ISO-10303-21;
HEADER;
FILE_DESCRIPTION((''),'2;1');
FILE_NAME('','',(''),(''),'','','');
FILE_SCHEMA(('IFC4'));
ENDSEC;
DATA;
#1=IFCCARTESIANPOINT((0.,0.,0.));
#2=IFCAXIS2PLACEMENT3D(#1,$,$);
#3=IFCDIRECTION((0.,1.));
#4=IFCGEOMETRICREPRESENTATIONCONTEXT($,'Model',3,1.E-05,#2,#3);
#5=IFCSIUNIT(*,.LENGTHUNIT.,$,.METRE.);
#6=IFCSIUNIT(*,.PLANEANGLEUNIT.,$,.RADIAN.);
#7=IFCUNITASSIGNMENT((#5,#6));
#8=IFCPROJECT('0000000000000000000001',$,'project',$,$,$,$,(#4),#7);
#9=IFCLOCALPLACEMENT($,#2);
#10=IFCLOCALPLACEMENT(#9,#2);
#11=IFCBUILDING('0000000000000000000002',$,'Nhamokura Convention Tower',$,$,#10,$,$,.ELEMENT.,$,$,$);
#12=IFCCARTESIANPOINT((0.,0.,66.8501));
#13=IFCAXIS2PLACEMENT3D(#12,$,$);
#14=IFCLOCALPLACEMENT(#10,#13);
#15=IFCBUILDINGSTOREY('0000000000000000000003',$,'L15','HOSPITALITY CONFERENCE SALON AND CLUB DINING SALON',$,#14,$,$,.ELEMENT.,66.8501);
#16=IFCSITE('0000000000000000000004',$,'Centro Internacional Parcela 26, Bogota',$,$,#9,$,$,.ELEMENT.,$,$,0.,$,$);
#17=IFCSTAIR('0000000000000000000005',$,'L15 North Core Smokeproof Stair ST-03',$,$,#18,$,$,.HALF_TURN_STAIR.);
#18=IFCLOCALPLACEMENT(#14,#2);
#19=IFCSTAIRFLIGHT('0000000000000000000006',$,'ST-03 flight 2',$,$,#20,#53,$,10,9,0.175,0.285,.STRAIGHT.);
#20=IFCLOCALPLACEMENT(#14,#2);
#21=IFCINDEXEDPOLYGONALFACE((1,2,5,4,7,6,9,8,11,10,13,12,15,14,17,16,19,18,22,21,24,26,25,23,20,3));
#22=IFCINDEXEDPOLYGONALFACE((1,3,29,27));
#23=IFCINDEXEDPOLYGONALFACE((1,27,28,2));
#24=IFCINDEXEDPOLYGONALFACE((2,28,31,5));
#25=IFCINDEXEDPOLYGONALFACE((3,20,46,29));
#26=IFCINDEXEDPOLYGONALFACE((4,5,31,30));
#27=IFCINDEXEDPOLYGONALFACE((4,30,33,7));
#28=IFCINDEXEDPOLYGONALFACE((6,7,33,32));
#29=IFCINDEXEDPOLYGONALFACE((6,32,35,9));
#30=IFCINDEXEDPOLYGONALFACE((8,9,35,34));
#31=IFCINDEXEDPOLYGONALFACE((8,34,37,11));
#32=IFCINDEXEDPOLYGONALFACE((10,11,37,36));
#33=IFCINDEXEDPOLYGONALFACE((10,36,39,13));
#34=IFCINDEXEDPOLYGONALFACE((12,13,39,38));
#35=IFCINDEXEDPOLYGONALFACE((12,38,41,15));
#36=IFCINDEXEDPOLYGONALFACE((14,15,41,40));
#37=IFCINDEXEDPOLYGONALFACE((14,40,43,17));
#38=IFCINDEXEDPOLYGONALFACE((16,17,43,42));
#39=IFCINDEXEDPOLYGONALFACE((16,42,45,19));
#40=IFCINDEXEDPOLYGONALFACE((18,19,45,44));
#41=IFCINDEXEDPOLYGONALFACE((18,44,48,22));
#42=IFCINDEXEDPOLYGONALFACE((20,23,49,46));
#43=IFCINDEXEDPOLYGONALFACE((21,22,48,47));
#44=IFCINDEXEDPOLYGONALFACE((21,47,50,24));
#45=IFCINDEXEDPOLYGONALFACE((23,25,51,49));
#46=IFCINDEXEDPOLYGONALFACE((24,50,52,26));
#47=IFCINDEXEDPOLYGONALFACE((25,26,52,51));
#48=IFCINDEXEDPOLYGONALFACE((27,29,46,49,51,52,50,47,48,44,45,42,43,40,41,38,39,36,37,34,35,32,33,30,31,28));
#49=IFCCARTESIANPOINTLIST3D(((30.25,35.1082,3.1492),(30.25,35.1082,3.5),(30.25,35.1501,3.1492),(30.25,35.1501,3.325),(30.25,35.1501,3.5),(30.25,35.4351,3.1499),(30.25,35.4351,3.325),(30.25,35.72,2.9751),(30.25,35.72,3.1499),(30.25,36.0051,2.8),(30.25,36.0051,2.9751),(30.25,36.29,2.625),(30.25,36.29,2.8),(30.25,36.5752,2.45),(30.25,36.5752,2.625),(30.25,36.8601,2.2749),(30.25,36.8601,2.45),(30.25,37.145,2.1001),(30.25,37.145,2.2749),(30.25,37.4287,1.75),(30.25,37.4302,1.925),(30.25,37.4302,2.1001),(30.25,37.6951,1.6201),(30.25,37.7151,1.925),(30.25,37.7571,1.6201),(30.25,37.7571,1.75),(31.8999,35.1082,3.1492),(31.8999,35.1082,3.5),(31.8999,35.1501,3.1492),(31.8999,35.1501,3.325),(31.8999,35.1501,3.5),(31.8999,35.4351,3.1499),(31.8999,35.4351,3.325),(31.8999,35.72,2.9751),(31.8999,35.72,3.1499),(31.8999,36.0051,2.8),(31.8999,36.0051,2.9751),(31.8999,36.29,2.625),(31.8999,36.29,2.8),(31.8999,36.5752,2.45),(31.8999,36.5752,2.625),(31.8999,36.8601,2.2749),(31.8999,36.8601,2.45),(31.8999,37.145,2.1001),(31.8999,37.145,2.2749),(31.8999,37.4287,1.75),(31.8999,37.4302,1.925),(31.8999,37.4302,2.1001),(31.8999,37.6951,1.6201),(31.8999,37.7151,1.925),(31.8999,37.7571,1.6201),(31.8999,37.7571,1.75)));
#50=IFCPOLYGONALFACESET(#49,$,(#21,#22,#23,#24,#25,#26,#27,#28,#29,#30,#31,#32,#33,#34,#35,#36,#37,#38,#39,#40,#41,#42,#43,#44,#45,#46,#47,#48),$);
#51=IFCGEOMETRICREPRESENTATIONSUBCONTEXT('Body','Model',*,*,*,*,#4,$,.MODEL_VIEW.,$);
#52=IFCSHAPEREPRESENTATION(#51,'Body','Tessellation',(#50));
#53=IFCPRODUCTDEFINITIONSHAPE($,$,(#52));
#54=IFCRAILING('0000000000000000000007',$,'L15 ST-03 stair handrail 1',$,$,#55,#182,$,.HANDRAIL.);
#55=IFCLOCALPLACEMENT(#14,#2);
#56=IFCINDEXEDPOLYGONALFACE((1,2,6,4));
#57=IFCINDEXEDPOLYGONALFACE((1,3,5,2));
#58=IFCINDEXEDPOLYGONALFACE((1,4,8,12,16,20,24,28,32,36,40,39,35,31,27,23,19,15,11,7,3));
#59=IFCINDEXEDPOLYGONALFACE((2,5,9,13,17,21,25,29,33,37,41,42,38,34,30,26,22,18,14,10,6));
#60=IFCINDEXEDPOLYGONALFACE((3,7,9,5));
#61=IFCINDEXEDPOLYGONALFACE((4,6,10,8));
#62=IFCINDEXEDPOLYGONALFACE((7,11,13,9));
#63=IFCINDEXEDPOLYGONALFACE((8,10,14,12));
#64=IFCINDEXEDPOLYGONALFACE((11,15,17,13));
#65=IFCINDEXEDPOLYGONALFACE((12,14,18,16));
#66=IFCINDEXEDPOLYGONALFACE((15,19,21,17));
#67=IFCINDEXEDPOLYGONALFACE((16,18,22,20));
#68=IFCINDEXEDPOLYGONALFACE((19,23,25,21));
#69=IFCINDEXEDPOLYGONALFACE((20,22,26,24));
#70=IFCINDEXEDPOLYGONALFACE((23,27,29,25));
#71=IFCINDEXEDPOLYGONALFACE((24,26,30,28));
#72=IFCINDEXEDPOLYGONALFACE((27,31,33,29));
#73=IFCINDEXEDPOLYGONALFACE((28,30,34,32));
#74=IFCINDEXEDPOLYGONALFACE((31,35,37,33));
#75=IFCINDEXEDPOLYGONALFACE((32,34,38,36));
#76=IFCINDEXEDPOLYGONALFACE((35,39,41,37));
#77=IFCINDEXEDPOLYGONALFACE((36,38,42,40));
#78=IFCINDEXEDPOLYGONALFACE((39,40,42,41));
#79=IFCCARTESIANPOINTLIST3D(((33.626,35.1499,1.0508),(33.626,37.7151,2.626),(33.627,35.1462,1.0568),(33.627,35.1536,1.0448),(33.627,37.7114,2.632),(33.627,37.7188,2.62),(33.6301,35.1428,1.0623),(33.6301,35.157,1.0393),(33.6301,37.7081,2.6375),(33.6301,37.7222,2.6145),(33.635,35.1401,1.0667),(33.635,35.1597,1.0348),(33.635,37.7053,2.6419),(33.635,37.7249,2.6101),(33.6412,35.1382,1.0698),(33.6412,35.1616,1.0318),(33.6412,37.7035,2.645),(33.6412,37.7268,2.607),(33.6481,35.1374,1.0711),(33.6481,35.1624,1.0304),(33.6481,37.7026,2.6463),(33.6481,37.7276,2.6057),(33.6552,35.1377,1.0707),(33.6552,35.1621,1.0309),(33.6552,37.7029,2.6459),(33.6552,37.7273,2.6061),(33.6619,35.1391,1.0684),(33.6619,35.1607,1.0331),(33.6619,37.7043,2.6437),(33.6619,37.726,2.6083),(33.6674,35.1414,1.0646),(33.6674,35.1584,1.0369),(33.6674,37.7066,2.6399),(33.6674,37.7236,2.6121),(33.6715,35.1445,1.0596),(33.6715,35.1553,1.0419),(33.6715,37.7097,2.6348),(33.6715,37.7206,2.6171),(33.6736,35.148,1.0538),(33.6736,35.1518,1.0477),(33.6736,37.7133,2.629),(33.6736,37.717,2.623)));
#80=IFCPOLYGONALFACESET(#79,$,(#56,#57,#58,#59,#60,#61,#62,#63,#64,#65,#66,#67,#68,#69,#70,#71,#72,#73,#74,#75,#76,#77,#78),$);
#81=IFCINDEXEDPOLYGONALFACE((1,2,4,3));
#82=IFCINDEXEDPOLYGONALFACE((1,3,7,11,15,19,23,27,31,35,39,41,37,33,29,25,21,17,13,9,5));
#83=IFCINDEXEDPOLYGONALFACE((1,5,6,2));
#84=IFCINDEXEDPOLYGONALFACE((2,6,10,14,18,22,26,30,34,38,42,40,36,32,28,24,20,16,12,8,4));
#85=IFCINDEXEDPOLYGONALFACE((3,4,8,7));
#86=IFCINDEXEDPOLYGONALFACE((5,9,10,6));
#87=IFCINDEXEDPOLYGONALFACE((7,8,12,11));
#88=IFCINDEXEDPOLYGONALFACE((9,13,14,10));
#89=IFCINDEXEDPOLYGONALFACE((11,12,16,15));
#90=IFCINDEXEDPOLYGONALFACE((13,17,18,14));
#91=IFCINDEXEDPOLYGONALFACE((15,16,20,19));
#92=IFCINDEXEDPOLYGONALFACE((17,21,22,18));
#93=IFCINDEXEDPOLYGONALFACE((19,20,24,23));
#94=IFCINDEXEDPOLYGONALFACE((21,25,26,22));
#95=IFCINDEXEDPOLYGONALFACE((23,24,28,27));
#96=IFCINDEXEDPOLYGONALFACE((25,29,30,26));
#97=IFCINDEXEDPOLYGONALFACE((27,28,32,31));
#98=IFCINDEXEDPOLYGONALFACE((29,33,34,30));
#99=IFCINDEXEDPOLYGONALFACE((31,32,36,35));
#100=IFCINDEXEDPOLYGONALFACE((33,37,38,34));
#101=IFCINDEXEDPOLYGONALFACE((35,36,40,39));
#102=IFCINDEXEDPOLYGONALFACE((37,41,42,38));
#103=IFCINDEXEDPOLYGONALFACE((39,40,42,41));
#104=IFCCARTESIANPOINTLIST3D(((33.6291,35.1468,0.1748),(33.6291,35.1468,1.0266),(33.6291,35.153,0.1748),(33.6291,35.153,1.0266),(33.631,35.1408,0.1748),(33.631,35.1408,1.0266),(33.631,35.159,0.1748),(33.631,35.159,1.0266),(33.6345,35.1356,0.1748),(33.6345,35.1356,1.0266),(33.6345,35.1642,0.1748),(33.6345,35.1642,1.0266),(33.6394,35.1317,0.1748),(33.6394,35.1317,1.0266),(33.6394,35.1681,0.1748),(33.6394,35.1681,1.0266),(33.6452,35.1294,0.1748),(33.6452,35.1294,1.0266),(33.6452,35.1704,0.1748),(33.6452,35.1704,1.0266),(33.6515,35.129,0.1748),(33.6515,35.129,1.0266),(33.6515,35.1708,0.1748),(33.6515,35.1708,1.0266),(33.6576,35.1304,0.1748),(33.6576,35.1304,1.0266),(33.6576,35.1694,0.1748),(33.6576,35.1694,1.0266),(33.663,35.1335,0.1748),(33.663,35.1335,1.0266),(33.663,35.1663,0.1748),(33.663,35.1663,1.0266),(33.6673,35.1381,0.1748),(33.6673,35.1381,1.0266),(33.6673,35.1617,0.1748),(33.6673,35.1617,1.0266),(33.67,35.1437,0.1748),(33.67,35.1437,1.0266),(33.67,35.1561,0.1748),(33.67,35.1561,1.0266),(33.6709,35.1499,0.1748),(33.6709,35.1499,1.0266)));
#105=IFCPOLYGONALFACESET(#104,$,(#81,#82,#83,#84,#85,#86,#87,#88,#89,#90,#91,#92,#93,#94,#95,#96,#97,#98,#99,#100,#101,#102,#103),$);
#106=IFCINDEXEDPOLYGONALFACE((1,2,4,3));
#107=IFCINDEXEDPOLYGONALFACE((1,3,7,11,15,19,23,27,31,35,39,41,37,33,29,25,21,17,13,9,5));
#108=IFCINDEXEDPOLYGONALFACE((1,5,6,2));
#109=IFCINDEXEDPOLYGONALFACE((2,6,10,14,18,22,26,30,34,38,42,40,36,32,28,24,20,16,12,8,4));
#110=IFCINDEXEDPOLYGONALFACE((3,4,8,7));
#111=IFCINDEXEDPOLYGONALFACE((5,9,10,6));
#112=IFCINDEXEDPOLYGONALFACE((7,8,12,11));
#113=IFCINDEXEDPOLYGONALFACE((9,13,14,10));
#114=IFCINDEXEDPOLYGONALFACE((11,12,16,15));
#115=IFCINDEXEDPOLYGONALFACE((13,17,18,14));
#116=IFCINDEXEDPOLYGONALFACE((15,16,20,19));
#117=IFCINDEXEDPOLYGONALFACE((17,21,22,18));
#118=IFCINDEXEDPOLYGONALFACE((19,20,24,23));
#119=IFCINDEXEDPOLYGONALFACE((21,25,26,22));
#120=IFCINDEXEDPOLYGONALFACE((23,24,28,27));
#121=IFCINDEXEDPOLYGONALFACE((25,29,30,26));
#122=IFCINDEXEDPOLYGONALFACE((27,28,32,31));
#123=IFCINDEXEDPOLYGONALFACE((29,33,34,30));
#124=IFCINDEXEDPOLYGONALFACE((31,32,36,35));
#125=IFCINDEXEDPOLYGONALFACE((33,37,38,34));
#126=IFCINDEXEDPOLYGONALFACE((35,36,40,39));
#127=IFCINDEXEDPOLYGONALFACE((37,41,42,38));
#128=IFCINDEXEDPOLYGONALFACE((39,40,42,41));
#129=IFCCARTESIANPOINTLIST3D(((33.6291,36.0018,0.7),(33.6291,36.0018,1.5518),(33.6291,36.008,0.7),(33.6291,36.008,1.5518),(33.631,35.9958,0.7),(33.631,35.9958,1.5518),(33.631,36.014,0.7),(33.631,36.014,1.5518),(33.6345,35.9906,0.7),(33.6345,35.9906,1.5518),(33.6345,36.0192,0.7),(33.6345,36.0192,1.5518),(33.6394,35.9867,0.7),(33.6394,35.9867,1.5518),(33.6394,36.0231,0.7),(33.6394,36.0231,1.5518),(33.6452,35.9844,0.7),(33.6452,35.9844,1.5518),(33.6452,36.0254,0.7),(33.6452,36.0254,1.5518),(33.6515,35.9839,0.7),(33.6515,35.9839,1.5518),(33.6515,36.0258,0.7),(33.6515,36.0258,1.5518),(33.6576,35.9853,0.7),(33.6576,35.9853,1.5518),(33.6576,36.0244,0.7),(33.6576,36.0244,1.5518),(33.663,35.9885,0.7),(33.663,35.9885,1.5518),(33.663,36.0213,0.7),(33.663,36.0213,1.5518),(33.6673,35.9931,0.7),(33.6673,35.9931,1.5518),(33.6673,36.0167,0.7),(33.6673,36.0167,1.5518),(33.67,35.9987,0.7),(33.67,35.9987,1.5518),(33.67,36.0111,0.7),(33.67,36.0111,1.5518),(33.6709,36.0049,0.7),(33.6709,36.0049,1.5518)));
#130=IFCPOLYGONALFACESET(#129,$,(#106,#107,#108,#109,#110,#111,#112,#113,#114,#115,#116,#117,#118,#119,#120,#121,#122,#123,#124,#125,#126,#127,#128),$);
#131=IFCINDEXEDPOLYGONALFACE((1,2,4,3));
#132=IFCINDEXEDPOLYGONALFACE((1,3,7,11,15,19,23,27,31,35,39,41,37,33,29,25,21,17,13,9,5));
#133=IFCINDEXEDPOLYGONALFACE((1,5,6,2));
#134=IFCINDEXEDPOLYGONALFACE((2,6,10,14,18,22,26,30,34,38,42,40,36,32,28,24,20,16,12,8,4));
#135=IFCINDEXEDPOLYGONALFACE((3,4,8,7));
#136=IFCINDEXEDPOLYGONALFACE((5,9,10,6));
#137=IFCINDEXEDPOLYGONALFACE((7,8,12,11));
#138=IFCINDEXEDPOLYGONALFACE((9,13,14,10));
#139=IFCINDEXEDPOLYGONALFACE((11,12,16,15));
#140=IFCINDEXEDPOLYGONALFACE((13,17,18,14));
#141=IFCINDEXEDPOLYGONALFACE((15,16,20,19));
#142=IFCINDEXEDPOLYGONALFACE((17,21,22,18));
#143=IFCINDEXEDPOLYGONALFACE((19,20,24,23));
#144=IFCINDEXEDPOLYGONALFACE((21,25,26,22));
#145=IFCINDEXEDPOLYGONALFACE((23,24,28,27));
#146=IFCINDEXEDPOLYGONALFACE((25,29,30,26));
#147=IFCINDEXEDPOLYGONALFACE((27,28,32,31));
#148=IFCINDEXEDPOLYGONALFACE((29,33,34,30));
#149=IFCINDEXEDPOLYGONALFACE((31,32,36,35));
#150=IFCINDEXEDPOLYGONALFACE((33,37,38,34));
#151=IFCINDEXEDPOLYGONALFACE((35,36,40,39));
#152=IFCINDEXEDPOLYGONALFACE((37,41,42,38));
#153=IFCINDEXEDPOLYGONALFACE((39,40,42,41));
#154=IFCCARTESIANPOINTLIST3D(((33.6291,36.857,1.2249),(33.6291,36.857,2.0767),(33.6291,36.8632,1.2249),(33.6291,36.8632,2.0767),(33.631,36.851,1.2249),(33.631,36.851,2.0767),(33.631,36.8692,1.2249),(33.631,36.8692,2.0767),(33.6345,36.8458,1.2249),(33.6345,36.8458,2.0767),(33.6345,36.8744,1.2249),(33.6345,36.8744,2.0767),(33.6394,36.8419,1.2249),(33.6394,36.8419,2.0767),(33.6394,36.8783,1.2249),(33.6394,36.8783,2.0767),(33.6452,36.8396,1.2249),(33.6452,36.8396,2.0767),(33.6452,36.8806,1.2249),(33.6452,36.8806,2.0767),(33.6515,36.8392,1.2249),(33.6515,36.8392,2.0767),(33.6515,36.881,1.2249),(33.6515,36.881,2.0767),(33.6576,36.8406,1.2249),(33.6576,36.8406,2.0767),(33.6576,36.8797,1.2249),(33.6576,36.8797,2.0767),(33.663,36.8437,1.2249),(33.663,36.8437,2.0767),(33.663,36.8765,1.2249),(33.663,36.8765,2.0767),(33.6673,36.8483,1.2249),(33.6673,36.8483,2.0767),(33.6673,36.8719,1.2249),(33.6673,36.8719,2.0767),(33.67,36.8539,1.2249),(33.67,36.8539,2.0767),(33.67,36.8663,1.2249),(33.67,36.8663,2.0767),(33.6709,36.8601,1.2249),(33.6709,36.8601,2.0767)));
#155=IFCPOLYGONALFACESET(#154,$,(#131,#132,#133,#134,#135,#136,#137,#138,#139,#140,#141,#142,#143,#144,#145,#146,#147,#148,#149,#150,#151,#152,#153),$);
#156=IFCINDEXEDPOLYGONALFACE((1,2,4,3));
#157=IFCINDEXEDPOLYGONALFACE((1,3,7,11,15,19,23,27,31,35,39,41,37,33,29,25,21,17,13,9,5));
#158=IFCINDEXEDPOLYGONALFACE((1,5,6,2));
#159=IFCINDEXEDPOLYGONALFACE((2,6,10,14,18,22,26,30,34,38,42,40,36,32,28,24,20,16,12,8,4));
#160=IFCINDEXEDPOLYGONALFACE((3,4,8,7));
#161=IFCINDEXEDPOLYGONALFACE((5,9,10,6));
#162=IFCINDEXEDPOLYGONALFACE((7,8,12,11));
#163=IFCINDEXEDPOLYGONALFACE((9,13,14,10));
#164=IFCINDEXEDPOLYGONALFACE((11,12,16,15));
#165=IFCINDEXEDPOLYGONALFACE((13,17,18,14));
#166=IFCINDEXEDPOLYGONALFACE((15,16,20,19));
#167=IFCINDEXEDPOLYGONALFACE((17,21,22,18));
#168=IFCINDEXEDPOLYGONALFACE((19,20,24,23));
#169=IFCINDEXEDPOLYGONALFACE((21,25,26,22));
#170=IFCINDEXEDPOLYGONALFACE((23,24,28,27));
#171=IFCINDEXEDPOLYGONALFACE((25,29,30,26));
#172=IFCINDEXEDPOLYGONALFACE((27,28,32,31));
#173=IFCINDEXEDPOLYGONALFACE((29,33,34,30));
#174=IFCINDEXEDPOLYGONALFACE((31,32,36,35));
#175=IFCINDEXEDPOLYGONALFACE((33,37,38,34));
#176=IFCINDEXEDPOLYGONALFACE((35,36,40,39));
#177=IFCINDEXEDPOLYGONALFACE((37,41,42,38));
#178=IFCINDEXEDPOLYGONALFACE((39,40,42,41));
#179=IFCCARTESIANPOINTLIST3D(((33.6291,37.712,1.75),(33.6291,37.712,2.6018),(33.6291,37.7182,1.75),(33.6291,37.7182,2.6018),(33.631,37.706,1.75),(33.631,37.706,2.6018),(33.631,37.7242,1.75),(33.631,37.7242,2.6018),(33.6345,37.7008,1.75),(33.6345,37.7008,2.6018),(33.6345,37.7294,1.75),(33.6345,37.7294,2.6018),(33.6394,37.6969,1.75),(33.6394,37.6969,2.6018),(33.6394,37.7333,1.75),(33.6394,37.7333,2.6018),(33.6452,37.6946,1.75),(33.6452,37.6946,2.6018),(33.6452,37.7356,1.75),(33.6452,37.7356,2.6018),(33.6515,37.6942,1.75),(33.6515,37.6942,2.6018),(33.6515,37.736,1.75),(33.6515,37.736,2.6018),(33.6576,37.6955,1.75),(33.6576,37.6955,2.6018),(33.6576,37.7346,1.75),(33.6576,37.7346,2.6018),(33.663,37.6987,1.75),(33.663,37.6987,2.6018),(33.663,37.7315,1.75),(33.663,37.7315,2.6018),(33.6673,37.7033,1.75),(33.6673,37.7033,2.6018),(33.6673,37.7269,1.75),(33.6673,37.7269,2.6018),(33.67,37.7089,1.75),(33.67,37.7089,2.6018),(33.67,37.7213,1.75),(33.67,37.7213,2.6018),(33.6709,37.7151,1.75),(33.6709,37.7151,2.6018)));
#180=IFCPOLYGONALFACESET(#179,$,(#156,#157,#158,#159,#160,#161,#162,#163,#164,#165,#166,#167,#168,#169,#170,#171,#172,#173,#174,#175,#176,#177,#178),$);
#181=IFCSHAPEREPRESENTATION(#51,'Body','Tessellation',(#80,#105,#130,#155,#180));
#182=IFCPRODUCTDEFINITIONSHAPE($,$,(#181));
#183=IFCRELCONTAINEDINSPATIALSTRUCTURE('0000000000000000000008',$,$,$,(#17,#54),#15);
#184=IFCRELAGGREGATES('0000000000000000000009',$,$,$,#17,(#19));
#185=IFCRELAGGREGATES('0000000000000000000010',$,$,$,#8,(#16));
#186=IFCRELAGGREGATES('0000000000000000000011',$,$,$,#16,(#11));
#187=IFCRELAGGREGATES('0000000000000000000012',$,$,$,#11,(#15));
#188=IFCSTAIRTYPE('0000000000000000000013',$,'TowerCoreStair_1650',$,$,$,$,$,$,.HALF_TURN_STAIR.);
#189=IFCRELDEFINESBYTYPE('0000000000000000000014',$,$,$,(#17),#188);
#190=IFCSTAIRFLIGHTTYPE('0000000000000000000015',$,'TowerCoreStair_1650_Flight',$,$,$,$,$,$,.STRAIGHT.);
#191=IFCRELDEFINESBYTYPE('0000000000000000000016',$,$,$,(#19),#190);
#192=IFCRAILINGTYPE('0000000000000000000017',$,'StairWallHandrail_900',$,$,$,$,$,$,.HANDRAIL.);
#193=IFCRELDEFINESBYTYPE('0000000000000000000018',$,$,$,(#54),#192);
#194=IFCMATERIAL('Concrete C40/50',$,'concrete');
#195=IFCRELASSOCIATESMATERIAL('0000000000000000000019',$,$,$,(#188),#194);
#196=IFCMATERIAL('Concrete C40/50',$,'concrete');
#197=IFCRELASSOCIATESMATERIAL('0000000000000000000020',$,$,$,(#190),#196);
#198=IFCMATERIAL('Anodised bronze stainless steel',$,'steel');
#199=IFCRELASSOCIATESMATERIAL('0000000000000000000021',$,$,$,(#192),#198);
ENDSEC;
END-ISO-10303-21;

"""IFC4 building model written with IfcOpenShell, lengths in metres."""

from ifc_helpers import new_model, si_unit, direction, frame, origin, origin_2d, place, context, subcontext, project, spatial, polyline, circle, outline, extrude, material, type_object, element, aggregate, save


model = new_model("IFC4")

# Units and contexts
model_context = context("Model", 3, precision=1e-05, world=origin(), true_north=direction((0.0, 1.0)))
body_context = subcontext(model_context, "Body", "Model", "MODEL_VIEW")
ifc_project = project(units=[si_unit("LENGTHUNIT", "METRE"), si_unit("PLANEANGLEUNIT", "RADIAN")], contexts=[model_context])

# Site, building, storey
site_placement = place(None, origin())
site = spatial("IfcSite", under=ifc_project, at=site_placement, Name="Centro Internacional Parcela 26, Bogota", CompositionType="ELEMENT", RefElevation=0.0)
building_placement = place(site_placement, origin())
building = spatial("IfcBuilding", under=site, at=building_placement, Name="Nhamokura Convention Tower", CompositionType="ELEMENT")
storey_placement = place(building_placement, frame((0.0, 0.0, 66.8501)))
storey = spatial("IfcBuildingStorey", under=building, at=storey_placement, Name="L15", Description="HOSPITALITY CONFERENCE SALON AND CLUB DINING SALON", CompositionType="ELEMENT", Elevation=66.8501)

# Stair, stair flight
ifc_material_1 = material(Name="Concrete C40/50", Category="concrete")
stair_type = type_object("IfcStairType", Name="TowerCoreStair_1650", PredefinedType="HALF_TURN_STAIR", material=ifc_material_1)
stair_placement = place(storey_placement, origin())
stair = element("IfcStair", 1, at=stair_placement, inside=storey, type_object=stair_type, Name="L15 North Core Smokeproof Stair ST-03", PredefinedType="HALF_TURN_STAIR")
ifc_material_2 = material(Name="Concrete C40/50", Category="concrete")
stair_flight_type = type_object("IfcStairFlightType", Name="TowerCoreStair_1650_Flight", PredefinedType="STRAIGHT", material=ifc_material_2)
stair_flight_1_placement = place(storey_placement, frame((31.075, 37.7151, 1.75), z_axis=(0.0, 0.0, 1.0), x_axis=(0.0, -1.0, 0.0)))
stair_flight_1 = element("IfcStairFlight", 2, at=stair_flight_1_placement, type_object=stair_flight_type, Name="ST-03 flight 2", NumberOfRisers=10, NumberOfTreads=9, PredefinedType="STRAIGHT", RiserHeight=0.175, TreadLength=0.285, context=body_context, shape_type="SweptSolid", body=[
    extrude(outline(polyline([(-0.042, 0.0), (0.0, 0.175), (0.2849, 0.175), (0.2849, 0.3501), (0.5701, 0.3501), (0.5701, 0.5249), (0.855, 0.5249), (0.855, 0.7), (1.1399, 0.7), (1.1399, 0.875), (1.425, 0.875), (1.425, 1.05), (1.71, 1.05), (1.71, 1.2251), (1.9951, 1.2251), (1.9951, 1.3999), (2.28, 1.3999), (2.28, 1.575), (2.5649, 1.575), (2.5649, 1.75), (2.6069, 1.75), (2.6069, 1.3992), (2.5649, 1.3992), (0.2864, 0.0), (0.02, -0.1299), (-0.042, -0.1299), (-0.042, 0.0)])), frame((0.0, 0.825, 0.0), z_axis=(0.0, -1.0, 0.0), x_axis=(1.0, 0.0, 0.0)), (0.0, 0.0, 1.0), 1.6499),
])
aggregate(stair, [stair_flight_1])

# Railing
ifc_material_3 = material(Name="Anodised bronze stainless steel", Category="steel")
railing_type_1 = type_object("IfcRailingType", Name="StairWallHandrail_900", PredefinedType="HANDRAIL", material=ifc_material_3)
railing_1_placement = place(storey_placement, frame((33.6499, 35.1499, 0.1748)))
element("IfcRailing", 3, at=railing_1_placement, inside=storey, type_object=railing_type_1, Name="L15 ST-03 stair handrail 1", PredefinedType="HANDRAIL", context=body_context, shape_type="SweptSolid", body=[
    extrude(circle(Radius=0.0239, at=origin_2d()), frame((0.0, 0.0, 0.876), z_axis=(0.0, 0.852159, 0.523283), x_axis=(-1.0, 0.0, 0.0)), (0.0, 0.0, 1.0), 3.0103),
    extrude(circle(Radius=0.021, at=origin_2d()), origin(), (0.0, 0.0, 1.0), 0.8518),
    extrude(circle(Radius=0.021, at=origin_2d()), frame((0.0, 0.855, 0.5251)), (0.0, 0.0, 1.0), 0.8518),
    extrude(circle(Radius=0.021, at=origin_2d()), frame((0.0, 1.7102, 1.05)), (0.0, 0.0, 1.0), 0.8518),
    extrude(circle(Radius=0.021, at=origin_2d()), frame((0.0, 2.5652, 1.5752)), (0.0, 0.0, 1.0), 0.8518),
])

save(model, "model.ifc")
